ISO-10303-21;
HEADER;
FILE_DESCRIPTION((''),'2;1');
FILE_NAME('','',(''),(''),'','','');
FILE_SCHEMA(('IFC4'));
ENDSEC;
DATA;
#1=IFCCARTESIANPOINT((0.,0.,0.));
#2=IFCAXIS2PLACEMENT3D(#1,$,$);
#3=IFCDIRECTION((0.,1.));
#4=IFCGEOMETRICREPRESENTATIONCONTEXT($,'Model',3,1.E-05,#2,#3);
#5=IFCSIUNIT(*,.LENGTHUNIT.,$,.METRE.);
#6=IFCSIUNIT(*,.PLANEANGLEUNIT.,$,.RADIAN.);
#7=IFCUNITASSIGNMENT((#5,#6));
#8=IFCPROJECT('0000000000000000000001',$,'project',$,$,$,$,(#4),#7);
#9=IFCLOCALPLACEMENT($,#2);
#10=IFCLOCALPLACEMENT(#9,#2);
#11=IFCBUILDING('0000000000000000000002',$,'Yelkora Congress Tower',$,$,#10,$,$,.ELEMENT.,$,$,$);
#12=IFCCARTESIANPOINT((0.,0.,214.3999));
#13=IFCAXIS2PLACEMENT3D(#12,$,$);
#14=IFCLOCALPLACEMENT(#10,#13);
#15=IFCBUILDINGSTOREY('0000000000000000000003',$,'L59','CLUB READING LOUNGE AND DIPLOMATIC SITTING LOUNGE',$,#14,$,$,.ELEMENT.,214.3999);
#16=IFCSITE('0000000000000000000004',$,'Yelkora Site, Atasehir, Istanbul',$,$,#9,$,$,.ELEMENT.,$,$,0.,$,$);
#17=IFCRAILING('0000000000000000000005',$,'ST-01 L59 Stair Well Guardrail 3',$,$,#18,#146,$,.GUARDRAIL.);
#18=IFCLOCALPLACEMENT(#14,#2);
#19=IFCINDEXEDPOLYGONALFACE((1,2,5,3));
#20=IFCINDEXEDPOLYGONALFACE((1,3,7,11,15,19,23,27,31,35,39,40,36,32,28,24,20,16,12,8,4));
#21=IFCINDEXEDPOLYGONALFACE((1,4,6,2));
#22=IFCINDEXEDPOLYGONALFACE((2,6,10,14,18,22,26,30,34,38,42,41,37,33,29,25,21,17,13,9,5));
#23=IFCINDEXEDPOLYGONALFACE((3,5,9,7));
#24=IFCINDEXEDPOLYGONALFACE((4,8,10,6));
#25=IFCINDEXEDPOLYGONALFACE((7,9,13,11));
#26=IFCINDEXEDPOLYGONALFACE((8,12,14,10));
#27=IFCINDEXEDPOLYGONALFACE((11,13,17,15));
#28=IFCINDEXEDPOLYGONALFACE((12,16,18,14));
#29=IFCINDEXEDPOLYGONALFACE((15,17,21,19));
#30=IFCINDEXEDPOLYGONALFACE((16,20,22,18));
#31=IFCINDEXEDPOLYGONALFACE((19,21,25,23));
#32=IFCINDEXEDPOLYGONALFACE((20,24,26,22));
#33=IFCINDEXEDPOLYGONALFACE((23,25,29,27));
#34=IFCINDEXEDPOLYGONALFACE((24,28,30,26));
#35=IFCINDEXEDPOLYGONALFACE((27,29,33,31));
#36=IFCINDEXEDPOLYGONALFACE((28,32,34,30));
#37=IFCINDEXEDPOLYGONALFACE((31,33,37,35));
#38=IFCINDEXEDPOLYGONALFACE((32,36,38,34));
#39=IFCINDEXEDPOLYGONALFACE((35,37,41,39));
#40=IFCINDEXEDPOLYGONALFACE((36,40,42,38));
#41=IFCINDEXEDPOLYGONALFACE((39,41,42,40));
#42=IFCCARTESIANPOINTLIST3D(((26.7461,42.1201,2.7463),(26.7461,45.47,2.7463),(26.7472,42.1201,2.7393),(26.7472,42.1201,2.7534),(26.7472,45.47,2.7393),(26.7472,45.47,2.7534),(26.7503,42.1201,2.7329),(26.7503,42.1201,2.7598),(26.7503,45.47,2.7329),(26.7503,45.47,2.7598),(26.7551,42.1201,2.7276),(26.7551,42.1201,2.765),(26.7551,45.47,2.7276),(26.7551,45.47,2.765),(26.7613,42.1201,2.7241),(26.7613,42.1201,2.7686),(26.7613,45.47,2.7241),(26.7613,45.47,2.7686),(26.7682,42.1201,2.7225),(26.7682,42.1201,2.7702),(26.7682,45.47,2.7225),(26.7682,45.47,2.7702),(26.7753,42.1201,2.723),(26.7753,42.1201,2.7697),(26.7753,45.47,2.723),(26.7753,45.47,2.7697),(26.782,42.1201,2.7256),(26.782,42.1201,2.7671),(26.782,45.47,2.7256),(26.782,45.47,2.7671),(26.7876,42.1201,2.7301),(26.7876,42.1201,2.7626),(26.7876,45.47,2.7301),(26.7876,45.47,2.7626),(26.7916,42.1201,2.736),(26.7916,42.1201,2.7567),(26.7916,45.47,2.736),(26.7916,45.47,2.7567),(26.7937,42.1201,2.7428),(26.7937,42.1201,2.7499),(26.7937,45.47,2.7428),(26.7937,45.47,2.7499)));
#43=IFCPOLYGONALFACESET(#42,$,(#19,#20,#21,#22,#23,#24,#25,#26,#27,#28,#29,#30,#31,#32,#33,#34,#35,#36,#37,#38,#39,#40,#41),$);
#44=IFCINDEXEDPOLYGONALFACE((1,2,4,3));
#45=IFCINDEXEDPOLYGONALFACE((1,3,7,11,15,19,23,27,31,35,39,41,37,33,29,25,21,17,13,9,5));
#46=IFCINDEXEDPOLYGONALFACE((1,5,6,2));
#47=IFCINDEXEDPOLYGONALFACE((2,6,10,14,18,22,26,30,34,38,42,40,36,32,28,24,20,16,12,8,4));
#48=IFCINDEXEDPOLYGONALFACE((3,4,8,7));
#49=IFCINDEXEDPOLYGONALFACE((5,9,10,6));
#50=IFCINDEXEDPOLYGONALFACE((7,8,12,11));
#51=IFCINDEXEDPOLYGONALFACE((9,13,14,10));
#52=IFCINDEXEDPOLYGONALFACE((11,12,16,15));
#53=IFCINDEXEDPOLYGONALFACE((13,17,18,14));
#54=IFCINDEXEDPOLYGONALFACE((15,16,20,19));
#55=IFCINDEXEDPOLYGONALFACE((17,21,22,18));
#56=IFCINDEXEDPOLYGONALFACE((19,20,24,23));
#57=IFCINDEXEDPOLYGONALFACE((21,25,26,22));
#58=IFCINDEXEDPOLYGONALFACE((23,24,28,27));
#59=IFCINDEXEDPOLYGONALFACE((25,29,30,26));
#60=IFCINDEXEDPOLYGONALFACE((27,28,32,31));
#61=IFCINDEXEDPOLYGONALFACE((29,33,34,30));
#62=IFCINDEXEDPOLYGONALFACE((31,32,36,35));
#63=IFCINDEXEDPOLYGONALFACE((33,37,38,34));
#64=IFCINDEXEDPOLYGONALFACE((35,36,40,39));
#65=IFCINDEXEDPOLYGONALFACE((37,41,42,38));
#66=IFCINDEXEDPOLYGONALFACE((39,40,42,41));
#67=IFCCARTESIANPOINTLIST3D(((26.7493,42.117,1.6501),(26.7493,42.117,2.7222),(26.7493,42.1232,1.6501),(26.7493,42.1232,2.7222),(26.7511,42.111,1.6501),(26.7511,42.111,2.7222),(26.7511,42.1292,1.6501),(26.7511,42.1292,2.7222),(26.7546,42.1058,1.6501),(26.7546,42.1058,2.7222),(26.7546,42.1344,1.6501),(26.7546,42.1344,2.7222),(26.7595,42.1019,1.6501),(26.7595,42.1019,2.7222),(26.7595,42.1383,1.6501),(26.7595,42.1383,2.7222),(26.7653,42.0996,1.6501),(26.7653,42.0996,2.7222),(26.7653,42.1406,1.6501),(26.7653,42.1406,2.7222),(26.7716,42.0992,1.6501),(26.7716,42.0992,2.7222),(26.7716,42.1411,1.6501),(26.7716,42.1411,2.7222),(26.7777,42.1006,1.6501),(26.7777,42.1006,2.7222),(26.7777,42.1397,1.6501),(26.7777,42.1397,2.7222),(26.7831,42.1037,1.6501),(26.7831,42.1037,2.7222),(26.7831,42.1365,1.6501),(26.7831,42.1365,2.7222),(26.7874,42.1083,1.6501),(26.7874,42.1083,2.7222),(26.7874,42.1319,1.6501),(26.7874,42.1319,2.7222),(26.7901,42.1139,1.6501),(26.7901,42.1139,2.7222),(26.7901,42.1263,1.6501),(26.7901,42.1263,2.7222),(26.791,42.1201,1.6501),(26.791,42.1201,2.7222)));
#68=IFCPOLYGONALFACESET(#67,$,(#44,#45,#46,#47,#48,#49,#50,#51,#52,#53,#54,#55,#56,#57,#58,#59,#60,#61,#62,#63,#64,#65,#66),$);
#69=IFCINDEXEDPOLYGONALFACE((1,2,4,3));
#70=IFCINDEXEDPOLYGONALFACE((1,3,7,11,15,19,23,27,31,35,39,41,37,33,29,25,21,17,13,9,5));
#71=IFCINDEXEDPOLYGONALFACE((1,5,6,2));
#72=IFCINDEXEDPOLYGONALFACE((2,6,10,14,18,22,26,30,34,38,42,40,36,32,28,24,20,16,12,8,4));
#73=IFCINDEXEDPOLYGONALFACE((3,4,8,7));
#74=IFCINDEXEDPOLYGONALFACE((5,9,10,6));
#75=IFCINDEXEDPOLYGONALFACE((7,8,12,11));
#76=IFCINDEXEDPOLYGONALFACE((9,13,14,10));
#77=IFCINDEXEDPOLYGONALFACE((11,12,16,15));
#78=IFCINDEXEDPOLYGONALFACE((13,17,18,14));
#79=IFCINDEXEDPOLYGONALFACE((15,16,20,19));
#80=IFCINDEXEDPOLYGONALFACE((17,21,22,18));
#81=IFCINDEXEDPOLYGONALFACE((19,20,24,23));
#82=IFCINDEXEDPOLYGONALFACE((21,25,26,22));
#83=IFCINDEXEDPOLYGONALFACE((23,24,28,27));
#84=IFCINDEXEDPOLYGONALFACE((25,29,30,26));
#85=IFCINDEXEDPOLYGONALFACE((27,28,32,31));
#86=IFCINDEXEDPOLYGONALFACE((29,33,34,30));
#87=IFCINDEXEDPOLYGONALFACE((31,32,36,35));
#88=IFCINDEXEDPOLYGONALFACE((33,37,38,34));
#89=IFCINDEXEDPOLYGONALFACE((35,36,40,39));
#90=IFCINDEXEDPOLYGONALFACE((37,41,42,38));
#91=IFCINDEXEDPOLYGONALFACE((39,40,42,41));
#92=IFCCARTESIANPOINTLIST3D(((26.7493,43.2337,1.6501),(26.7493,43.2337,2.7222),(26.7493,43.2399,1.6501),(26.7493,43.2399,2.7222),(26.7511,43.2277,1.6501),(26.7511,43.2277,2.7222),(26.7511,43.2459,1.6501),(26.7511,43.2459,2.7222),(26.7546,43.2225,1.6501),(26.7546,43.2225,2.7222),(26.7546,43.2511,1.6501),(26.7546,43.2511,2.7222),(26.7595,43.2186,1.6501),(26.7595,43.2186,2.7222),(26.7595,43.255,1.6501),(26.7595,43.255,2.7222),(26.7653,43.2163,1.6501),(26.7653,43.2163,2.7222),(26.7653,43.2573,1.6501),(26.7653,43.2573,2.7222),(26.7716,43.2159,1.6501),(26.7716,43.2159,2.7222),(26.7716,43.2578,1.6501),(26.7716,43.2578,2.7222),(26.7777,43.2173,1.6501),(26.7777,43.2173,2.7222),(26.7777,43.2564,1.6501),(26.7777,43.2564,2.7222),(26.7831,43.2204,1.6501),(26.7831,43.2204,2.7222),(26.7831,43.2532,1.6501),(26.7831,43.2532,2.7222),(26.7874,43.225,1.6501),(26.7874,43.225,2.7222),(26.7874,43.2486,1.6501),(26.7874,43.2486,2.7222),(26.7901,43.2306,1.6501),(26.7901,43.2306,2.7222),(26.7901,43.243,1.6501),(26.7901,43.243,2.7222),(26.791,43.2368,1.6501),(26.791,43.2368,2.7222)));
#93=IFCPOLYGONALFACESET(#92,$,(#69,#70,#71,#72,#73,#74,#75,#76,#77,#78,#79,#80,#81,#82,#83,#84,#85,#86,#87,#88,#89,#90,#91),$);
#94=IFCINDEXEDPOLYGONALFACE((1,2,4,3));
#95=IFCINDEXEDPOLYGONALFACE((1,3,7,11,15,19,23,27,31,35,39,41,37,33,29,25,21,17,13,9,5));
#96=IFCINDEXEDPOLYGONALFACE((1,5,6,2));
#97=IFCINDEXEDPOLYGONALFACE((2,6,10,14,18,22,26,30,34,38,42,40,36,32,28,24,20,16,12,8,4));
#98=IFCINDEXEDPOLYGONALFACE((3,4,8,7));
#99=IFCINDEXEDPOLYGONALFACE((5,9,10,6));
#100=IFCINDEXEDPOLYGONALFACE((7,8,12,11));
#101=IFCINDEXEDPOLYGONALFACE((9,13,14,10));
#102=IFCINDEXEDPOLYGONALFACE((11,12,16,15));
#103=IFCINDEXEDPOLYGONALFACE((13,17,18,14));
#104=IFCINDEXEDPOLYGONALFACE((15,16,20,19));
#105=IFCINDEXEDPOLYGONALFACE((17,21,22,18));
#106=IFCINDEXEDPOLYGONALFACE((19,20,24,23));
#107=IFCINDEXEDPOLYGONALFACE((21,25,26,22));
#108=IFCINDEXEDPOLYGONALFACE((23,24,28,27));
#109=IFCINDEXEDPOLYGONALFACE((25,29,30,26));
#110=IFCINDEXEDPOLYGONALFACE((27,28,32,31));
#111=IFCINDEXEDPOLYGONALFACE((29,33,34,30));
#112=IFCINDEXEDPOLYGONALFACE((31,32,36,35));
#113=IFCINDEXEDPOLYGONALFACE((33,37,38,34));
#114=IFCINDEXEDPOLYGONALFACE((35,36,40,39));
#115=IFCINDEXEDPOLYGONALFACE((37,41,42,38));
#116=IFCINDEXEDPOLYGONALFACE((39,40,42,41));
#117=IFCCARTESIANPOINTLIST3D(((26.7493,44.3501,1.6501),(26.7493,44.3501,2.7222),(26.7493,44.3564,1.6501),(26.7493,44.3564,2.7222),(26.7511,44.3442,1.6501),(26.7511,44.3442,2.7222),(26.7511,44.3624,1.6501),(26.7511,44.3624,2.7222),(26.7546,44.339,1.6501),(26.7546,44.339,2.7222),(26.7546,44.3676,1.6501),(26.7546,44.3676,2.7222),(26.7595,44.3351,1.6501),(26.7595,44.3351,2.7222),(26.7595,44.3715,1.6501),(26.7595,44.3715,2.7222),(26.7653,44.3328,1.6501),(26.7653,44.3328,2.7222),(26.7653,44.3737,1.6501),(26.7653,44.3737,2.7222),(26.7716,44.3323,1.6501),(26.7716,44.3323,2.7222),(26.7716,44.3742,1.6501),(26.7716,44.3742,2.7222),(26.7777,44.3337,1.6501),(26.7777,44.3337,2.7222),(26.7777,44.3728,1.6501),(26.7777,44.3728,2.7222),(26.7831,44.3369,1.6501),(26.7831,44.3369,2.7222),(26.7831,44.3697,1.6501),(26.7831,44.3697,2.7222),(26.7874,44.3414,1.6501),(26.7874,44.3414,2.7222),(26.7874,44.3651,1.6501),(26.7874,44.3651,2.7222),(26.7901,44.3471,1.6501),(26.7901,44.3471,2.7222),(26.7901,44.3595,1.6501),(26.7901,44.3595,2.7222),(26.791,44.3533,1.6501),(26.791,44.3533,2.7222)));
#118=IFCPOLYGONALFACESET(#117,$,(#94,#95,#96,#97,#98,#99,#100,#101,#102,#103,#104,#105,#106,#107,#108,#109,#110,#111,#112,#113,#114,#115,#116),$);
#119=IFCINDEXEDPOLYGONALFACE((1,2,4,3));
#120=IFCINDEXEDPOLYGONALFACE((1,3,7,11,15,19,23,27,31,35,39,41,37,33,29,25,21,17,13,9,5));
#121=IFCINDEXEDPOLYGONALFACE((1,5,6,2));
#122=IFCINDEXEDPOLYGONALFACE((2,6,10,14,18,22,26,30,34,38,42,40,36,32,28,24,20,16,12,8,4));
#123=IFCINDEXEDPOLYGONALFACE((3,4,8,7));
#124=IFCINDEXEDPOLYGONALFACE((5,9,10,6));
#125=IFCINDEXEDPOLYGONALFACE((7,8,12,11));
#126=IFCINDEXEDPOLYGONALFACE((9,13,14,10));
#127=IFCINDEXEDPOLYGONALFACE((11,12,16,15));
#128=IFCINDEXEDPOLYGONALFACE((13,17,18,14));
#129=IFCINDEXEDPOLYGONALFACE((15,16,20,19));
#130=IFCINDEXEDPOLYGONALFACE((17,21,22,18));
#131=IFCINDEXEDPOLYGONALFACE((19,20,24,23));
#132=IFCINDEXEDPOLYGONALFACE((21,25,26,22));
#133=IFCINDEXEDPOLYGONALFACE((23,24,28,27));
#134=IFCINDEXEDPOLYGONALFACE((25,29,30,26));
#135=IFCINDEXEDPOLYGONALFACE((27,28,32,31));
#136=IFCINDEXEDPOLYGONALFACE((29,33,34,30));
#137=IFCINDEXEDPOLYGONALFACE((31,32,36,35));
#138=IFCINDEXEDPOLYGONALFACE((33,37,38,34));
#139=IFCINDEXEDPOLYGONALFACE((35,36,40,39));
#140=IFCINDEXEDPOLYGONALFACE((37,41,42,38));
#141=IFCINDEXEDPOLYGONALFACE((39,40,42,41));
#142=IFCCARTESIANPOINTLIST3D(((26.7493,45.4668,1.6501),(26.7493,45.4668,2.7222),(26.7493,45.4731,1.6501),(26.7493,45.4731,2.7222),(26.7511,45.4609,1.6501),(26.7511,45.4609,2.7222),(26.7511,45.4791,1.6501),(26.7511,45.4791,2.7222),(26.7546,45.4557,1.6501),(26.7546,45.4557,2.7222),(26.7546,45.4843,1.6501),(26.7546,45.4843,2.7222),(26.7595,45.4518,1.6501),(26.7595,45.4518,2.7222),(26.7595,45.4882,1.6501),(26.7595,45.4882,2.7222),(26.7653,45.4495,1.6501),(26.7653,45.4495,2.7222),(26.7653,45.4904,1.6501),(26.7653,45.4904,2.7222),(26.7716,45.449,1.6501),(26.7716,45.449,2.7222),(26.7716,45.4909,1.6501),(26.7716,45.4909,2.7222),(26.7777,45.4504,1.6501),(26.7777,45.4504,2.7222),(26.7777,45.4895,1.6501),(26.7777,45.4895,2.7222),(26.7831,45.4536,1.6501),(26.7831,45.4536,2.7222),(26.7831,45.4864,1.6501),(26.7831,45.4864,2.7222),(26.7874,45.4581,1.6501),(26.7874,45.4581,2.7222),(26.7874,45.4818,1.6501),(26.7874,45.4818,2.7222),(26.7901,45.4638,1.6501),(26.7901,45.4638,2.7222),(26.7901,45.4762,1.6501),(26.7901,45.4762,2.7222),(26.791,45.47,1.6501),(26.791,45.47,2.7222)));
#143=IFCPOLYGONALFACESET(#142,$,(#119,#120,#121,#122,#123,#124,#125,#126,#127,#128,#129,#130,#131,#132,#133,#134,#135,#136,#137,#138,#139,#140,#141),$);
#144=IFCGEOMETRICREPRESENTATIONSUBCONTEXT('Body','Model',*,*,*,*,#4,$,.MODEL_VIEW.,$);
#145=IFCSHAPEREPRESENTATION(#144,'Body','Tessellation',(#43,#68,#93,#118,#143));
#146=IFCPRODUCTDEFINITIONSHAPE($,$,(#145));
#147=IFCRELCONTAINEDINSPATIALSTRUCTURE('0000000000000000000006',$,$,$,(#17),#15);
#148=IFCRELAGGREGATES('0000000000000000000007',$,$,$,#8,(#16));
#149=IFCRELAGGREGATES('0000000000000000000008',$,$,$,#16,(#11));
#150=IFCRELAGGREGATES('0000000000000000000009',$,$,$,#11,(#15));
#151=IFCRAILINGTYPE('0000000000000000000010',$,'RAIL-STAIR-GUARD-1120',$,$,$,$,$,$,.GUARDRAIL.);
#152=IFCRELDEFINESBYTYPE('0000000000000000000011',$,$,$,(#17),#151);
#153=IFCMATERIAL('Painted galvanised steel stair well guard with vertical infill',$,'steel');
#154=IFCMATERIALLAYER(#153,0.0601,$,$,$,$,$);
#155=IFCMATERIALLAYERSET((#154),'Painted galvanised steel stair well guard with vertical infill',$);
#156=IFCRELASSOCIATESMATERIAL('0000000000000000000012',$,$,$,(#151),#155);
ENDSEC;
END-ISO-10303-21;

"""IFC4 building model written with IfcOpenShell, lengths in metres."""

from ifc_helpers import new_model, si_unit, direction, frame, origin, origin_2d, place, context, subcontext, project, spatial, circle, extrude, material, layer, layer_set, type_object, element, save


model = new_model("IFC4")

# Units and contexts
model_context = context("Model", 3, precision=1e-05, world=origin(), true_north=direction((0.0, 1.0)))
body_context = subcontext(model_context, "Body", "Model", "MODEL_VIEW")
ifc_project = project(units=[si_unit("LENGTHUNIT", "METRE"), si_unit("PLANEANGLEUNIT", "RADIAN")], contexts=[model_context])

# Site, building, storey
site_placement = place(None, origin())
site = spatial("IfcSite", under=ifc_project, at=site_placement, Name="Yelkora Site, Atasehir, Istanbul", CompositionType="ELEMENT", RefElevation=0.0)
building_placement = place(site_placement, origin())
building = spatial("IfcBuilding", under=site, at=building_placement, Name="Yelkora Congress Tower", CompositionType="ELEMENT")
storey_placement = place(building_placement, frame((0.0, 0.0, 214.3999)))
storey = spatial("IfcBuildingStorey", under=building, at=storey_placement, Name="L59", Description="CLUB READING LOUNGE AND DIPLOMATIC SITTING LOUNGE", CompositionType="ELEMENT", Elevation=214.3999)

# Railing
ifc_material_1 = material(Name="Painted galvanised steel stair well guard with vertical infill", Category="steel")
ifc_layer_1 = layer(ifc_material_1, 0.0601)
ifc_layer_set_1 = layer_set([ifc_layer_1], Name="Painted galvanised steel stair well guard with vertical infill")
railing_type_1 = type_object("IfcRailingType", Name="RAIL-STAIR-GUARD-1120", PredefinedType="GUARDRAIL", material=ifc_layer_set_1)
railing_1_placement = place(storey_placement, frame((26.77, 42.1201, 1.6501)))
element("IfcRailing", 1, at=railing_1_placement, inside=storey, type_object=railing_type_1, Name="ST-01 L59 Stair Well Guardrail 3", PredefinedType="GUARDRAIL", context=body_context, shape_type="SweptSolid", body=[
    extrude(circle(Radius=0.0239, at=origin_2d()), frame((0.0, 0.0, 1.0962), z_axis=(0.0, 1.0, 0.0), x_axis=(-1.0, 0.0, 0.0)), (0.0, 0.0, 1.0), 3.3499),
    extrude(circle(Radius=0.021, at=origin_2d()), origin(), (0.0, 0.0, 1.0), 1.072),
    extrude(circle(Radius=0.021, at=origin_2d()), frame((0.0, 1.1167, 0.0)), (0.0, 0.0, 1.0), 1.072),
    extrude(circle(Radius=0.021, at=origin_2d()), frame((0.0, 2.2332, 0.0)), (0.0, 0.0, 1.0), 1.072),
    extrude(circle(Radius=0.021, at=origin_2d()), frame((0.0, 3.3499, 0.0)), (0.0, 0.0, 1.0), 1.072),
])

save(model, "model.ifc")
